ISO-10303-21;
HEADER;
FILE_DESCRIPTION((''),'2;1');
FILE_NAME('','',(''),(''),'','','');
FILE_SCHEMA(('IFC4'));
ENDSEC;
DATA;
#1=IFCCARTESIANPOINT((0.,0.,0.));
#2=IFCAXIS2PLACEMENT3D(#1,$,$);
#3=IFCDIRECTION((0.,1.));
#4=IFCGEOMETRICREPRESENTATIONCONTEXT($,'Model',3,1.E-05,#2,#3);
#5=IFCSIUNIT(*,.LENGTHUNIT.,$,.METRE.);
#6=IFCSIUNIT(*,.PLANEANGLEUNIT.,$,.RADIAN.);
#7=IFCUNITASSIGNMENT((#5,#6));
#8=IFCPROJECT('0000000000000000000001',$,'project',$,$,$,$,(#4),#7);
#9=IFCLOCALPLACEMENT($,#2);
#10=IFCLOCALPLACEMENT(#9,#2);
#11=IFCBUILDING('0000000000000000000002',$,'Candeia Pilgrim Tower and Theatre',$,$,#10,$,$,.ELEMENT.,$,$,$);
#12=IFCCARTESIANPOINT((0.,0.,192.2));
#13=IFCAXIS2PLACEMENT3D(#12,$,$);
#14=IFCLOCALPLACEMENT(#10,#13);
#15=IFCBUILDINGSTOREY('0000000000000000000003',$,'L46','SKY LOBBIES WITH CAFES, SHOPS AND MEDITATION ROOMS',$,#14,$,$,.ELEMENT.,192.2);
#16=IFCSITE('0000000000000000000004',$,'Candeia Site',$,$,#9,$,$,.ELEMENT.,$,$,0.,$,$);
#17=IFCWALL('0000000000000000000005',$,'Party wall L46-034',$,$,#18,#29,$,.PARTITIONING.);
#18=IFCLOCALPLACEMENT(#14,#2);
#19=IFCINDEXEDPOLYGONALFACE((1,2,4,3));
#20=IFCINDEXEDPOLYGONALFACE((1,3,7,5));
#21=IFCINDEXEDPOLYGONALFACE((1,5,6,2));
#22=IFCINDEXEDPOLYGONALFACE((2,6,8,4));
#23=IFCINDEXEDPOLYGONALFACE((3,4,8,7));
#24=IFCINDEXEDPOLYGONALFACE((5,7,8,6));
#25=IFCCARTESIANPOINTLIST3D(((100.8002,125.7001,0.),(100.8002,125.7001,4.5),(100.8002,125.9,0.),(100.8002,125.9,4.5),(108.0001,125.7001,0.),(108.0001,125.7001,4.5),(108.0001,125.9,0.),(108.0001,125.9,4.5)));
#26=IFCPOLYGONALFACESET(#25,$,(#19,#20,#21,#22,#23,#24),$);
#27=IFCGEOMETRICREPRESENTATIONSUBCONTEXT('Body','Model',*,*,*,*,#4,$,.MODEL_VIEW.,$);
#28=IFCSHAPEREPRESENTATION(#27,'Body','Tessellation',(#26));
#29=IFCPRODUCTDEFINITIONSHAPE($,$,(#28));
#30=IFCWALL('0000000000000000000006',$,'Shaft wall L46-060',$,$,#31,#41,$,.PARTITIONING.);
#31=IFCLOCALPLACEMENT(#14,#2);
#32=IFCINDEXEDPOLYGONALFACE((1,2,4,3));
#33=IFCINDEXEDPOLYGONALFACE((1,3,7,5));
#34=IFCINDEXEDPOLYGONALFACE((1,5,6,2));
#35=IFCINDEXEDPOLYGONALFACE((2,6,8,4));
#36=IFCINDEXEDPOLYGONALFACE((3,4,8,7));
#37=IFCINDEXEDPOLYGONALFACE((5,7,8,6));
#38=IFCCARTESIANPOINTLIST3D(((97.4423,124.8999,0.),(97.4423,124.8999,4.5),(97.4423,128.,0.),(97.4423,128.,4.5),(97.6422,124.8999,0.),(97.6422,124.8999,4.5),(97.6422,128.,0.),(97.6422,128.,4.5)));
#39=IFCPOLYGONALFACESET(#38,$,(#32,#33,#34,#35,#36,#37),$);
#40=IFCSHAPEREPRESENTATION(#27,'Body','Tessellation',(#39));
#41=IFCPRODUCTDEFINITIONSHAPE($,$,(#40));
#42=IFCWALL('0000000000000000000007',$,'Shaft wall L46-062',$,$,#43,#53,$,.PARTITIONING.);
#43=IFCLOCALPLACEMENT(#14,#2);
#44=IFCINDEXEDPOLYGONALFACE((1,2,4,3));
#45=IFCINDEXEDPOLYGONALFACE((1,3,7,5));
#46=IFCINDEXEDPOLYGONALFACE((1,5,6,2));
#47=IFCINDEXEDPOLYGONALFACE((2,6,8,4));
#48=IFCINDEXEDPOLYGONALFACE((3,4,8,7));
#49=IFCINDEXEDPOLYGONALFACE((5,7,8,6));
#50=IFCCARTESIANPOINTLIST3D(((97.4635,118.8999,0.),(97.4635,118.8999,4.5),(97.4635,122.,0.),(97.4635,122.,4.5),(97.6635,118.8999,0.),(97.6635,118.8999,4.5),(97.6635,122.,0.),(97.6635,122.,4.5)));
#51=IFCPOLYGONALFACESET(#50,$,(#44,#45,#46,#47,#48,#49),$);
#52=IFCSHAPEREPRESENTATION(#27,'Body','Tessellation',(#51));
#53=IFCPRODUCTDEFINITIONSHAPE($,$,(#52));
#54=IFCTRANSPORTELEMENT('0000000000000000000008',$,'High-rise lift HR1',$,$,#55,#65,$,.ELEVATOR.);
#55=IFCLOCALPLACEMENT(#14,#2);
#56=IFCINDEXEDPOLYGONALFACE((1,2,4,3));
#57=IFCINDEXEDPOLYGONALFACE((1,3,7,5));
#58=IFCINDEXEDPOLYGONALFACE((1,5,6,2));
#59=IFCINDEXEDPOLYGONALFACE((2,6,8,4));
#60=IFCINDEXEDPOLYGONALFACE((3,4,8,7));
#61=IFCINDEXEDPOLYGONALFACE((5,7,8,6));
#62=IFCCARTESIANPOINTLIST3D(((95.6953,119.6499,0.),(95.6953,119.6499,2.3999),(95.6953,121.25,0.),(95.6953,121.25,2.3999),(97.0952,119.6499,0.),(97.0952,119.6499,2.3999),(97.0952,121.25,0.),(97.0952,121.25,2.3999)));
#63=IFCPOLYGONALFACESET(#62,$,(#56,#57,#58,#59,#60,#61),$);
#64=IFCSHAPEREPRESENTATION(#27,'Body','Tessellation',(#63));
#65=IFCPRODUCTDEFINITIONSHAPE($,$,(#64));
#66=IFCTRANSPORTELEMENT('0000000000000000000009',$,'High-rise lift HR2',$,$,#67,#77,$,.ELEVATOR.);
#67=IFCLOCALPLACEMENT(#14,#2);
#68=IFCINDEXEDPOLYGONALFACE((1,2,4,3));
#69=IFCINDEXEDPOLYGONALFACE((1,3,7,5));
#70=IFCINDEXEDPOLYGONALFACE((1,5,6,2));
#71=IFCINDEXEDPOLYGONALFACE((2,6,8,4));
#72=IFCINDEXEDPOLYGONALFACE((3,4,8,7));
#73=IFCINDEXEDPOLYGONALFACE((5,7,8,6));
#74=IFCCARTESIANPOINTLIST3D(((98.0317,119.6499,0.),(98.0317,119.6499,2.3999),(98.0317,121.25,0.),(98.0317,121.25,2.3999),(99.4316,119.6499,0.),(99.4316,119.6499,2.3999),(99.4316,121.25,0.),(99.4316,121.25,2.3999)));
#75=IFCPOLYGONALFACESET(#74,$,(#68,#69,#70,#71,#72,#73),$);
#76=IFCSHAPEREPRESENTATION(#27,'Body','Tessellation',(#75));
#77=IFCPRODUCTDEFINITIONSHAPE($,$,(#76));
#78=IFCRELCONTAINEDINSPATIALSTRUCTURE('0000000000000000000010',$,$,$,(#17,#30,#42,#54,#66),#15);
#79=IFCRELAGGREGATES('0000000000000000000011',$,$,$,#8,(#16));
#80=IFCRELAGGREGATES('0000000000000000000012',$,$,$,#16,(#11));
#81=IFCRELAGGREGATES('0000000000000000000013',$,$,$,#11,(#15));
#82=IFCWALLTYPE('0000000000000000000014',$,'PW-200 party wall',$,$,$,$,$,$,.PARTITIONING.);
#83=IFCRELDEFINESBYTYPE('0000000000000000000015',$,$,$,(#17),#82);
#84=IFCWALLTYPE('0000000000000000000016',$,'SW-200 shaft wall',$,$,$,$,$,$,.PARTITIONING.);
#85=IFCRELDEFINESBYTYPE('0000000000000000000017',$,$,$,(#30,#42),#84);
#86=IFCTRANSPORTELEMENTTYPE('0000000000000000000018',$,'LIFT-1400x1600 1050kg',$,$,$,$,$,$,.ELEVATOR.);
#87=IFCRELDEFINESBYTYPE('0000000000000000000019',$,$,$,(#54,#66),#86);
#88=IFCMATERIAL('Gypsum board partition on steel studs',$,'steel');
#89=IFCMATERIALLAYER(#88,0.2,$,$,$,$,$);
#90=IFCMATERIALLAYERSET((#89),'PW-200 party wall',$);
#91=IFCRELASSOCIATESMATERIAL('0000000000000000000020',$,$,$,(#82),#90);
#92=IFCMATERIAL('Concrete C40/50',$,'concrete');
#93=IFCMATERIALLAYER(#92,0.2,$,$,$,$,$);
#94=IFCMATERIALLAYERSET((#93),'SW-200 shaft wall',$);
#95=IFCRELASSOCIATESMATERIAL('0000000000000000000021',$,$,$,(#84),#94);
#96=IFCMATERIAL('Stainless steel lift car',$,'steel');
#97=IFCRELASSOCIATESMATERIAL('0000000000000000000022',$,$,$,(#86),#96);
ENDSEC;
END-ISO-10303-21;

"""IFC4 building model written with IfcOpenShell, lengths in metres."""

from ifc_helpers import new_model, si_unit, direction, frame, frame_2d, origin, origin_2d, place, context, subcontext, project, spatial, rectangle, extrude, material, layer, layer_set, type_object, element, save


model = new_model("IFC4")

# Units and contexts
model_context = context("Model", 3, precision=1e-05, world=origin(), true_north=direction((0.0, 1.0)))
body_context = subcontext(model_context, "Body", "Model", "MODEL_VIEW")
ifc_project = project(units=[si_unit("LENGTHUNIT", "METRE"), si_unit("PLANEANGLEUNIT", "RADIAN")], contexts=[model_context])

# Site, building, storey
site_placement = place(None, origin())
site = spatial("IfcSite", under=ifc_project, at=site_placement, Name="Candeia Site", CompositionType="ELEMENT", RefElevation=0.0)
building_placement = place(site_placement, origin())
building = spatial("IfcBuilding", under=site, at=building_placement, Name="Candeia Pilgrim Tower and Theatre", CompositionType="ELEMENT")
storey_placement = place(building_placement, frame((0.0, 0.0, 192.2)))
storey = spatial("IfcBuildingStorey", under=building, at=storey_placement, Name="L46", Description="SKY LOBBIES WITH CAFES, SHOPS AND MEDITATION ROOMS", CompositionType="ELEMENT", Elevation=192.2)

# Shared definitions
ifc_material_1 = material(Name="Gypsum board partition on steel studs", Category="steel")

# Walls
ifc_layer_1 = layer(ifc_material_1, 0.2)
ifc_layer_set_1 = layer_set([ifc_layer_1], Name="PW-200 party wall")
wall_type_1 = type_object("IfcWallType", Name="PW-200 party wall", PredefinedType="PARTITIONING", material=ifc_layer_set_1)
wall_1_placement = place(storey_placement, frame((100.8, 125.8, 0.0), z_axis=(0.0, 0.0, 1.0), x_axis=(1.0, 0.0, 0.0)))
element("IfcWall", 1, at=wall_1_placement, inside=storey, type_object=wall_type_1, Name="Party wall L46-034", PredefinedType="PARTITIONING", context=body_context, shape_type="SweptSolid", body=[
    extrude(rectangle(XDim=7.2, YDim=0.2, at=frame_2d((3.6001, 0.0))), origin(), (0.0, 0.0, 1.0), 4.5),
])
ifc_material_2 = material(Name="Concrete C40/50", Category="concrete")
ifc_layer_2 = layer(ifc_material_2, 0.2)
ifc_layer_set_2 = layer_set([ifc_layer_2], Name="SW-200 shaft wall")
wall_type_2 = type_object("IfcWallType", Name="SW-200 shaft wall", PredefinedType="PARTITIONING", material=ifc_layer_set_2)
for number, where, z_axis, x_axis, name in (
    (2, (97.5422, 124.8999, 0.0), (0.0, 0.0, 1.0), (0.0, 1.0, 0.0), "Shaft wall L46-060"),
    (3, (97.5635, 118.8999, 0.0), (0.0, 0.0, 1.0), (0.0, 1.0, 0.0), "Shaft wall L46-062"),
):
    element("IfcWall", number, at=place(storey_placement, frame(where, z_axis=z_axis, x_axis=x_axis)), inside=storey, type_object=wall_type_2, Name=name, PredefinedType="PARTITIONING", context=body_context, shape_type="SweptSolid", body=[
        extrude(rectangle(XDim=3.1001, YDim=0.2, at=frame_2d((1.55, 0.0))), origin(), (0.0, 0.0, 1.0), 4.5),
    ])

# Transport elements
ifc_material_3 = material(Name="Stainless steel lift car", Category="steel")
transport_element_type = type_object("IfcTransportElementType", Name="LIFT-1400x1600 1050kg", PredefinedType="ELEVATOR", material=ifc_material_3)
for number, where, z_axis, x_axis, name in (
    (4, (96.3953, 120.45, 0.0), (0.0, 0.0, 1.0), (1.0, 0.0, 0.0), "High-rise lift HR1"),
    (5, (98.7317, 120.45, 0.0), (0.0, 0.0, 1.0), (1.0, 0.0, 0.0), "High-rise lift HR2"),
):
    element("IfcTransportElement", number, at=place(storey_placement, frame(where, z_axis=z_axis, x_axis=x_axis)), inside=storey, type_object=transport_element_type, Name=name, PredefinedType="ELEVATOR", context=body_context, shape_type="SweptSolid", body=[
        extrude(rectangle(XDim=1.3999, YDim=1.6001, at=origin_2d()), origin(), (0.0, 0.0, 1.0), 2.3999),
    ])

save(model, "model.ifc")
